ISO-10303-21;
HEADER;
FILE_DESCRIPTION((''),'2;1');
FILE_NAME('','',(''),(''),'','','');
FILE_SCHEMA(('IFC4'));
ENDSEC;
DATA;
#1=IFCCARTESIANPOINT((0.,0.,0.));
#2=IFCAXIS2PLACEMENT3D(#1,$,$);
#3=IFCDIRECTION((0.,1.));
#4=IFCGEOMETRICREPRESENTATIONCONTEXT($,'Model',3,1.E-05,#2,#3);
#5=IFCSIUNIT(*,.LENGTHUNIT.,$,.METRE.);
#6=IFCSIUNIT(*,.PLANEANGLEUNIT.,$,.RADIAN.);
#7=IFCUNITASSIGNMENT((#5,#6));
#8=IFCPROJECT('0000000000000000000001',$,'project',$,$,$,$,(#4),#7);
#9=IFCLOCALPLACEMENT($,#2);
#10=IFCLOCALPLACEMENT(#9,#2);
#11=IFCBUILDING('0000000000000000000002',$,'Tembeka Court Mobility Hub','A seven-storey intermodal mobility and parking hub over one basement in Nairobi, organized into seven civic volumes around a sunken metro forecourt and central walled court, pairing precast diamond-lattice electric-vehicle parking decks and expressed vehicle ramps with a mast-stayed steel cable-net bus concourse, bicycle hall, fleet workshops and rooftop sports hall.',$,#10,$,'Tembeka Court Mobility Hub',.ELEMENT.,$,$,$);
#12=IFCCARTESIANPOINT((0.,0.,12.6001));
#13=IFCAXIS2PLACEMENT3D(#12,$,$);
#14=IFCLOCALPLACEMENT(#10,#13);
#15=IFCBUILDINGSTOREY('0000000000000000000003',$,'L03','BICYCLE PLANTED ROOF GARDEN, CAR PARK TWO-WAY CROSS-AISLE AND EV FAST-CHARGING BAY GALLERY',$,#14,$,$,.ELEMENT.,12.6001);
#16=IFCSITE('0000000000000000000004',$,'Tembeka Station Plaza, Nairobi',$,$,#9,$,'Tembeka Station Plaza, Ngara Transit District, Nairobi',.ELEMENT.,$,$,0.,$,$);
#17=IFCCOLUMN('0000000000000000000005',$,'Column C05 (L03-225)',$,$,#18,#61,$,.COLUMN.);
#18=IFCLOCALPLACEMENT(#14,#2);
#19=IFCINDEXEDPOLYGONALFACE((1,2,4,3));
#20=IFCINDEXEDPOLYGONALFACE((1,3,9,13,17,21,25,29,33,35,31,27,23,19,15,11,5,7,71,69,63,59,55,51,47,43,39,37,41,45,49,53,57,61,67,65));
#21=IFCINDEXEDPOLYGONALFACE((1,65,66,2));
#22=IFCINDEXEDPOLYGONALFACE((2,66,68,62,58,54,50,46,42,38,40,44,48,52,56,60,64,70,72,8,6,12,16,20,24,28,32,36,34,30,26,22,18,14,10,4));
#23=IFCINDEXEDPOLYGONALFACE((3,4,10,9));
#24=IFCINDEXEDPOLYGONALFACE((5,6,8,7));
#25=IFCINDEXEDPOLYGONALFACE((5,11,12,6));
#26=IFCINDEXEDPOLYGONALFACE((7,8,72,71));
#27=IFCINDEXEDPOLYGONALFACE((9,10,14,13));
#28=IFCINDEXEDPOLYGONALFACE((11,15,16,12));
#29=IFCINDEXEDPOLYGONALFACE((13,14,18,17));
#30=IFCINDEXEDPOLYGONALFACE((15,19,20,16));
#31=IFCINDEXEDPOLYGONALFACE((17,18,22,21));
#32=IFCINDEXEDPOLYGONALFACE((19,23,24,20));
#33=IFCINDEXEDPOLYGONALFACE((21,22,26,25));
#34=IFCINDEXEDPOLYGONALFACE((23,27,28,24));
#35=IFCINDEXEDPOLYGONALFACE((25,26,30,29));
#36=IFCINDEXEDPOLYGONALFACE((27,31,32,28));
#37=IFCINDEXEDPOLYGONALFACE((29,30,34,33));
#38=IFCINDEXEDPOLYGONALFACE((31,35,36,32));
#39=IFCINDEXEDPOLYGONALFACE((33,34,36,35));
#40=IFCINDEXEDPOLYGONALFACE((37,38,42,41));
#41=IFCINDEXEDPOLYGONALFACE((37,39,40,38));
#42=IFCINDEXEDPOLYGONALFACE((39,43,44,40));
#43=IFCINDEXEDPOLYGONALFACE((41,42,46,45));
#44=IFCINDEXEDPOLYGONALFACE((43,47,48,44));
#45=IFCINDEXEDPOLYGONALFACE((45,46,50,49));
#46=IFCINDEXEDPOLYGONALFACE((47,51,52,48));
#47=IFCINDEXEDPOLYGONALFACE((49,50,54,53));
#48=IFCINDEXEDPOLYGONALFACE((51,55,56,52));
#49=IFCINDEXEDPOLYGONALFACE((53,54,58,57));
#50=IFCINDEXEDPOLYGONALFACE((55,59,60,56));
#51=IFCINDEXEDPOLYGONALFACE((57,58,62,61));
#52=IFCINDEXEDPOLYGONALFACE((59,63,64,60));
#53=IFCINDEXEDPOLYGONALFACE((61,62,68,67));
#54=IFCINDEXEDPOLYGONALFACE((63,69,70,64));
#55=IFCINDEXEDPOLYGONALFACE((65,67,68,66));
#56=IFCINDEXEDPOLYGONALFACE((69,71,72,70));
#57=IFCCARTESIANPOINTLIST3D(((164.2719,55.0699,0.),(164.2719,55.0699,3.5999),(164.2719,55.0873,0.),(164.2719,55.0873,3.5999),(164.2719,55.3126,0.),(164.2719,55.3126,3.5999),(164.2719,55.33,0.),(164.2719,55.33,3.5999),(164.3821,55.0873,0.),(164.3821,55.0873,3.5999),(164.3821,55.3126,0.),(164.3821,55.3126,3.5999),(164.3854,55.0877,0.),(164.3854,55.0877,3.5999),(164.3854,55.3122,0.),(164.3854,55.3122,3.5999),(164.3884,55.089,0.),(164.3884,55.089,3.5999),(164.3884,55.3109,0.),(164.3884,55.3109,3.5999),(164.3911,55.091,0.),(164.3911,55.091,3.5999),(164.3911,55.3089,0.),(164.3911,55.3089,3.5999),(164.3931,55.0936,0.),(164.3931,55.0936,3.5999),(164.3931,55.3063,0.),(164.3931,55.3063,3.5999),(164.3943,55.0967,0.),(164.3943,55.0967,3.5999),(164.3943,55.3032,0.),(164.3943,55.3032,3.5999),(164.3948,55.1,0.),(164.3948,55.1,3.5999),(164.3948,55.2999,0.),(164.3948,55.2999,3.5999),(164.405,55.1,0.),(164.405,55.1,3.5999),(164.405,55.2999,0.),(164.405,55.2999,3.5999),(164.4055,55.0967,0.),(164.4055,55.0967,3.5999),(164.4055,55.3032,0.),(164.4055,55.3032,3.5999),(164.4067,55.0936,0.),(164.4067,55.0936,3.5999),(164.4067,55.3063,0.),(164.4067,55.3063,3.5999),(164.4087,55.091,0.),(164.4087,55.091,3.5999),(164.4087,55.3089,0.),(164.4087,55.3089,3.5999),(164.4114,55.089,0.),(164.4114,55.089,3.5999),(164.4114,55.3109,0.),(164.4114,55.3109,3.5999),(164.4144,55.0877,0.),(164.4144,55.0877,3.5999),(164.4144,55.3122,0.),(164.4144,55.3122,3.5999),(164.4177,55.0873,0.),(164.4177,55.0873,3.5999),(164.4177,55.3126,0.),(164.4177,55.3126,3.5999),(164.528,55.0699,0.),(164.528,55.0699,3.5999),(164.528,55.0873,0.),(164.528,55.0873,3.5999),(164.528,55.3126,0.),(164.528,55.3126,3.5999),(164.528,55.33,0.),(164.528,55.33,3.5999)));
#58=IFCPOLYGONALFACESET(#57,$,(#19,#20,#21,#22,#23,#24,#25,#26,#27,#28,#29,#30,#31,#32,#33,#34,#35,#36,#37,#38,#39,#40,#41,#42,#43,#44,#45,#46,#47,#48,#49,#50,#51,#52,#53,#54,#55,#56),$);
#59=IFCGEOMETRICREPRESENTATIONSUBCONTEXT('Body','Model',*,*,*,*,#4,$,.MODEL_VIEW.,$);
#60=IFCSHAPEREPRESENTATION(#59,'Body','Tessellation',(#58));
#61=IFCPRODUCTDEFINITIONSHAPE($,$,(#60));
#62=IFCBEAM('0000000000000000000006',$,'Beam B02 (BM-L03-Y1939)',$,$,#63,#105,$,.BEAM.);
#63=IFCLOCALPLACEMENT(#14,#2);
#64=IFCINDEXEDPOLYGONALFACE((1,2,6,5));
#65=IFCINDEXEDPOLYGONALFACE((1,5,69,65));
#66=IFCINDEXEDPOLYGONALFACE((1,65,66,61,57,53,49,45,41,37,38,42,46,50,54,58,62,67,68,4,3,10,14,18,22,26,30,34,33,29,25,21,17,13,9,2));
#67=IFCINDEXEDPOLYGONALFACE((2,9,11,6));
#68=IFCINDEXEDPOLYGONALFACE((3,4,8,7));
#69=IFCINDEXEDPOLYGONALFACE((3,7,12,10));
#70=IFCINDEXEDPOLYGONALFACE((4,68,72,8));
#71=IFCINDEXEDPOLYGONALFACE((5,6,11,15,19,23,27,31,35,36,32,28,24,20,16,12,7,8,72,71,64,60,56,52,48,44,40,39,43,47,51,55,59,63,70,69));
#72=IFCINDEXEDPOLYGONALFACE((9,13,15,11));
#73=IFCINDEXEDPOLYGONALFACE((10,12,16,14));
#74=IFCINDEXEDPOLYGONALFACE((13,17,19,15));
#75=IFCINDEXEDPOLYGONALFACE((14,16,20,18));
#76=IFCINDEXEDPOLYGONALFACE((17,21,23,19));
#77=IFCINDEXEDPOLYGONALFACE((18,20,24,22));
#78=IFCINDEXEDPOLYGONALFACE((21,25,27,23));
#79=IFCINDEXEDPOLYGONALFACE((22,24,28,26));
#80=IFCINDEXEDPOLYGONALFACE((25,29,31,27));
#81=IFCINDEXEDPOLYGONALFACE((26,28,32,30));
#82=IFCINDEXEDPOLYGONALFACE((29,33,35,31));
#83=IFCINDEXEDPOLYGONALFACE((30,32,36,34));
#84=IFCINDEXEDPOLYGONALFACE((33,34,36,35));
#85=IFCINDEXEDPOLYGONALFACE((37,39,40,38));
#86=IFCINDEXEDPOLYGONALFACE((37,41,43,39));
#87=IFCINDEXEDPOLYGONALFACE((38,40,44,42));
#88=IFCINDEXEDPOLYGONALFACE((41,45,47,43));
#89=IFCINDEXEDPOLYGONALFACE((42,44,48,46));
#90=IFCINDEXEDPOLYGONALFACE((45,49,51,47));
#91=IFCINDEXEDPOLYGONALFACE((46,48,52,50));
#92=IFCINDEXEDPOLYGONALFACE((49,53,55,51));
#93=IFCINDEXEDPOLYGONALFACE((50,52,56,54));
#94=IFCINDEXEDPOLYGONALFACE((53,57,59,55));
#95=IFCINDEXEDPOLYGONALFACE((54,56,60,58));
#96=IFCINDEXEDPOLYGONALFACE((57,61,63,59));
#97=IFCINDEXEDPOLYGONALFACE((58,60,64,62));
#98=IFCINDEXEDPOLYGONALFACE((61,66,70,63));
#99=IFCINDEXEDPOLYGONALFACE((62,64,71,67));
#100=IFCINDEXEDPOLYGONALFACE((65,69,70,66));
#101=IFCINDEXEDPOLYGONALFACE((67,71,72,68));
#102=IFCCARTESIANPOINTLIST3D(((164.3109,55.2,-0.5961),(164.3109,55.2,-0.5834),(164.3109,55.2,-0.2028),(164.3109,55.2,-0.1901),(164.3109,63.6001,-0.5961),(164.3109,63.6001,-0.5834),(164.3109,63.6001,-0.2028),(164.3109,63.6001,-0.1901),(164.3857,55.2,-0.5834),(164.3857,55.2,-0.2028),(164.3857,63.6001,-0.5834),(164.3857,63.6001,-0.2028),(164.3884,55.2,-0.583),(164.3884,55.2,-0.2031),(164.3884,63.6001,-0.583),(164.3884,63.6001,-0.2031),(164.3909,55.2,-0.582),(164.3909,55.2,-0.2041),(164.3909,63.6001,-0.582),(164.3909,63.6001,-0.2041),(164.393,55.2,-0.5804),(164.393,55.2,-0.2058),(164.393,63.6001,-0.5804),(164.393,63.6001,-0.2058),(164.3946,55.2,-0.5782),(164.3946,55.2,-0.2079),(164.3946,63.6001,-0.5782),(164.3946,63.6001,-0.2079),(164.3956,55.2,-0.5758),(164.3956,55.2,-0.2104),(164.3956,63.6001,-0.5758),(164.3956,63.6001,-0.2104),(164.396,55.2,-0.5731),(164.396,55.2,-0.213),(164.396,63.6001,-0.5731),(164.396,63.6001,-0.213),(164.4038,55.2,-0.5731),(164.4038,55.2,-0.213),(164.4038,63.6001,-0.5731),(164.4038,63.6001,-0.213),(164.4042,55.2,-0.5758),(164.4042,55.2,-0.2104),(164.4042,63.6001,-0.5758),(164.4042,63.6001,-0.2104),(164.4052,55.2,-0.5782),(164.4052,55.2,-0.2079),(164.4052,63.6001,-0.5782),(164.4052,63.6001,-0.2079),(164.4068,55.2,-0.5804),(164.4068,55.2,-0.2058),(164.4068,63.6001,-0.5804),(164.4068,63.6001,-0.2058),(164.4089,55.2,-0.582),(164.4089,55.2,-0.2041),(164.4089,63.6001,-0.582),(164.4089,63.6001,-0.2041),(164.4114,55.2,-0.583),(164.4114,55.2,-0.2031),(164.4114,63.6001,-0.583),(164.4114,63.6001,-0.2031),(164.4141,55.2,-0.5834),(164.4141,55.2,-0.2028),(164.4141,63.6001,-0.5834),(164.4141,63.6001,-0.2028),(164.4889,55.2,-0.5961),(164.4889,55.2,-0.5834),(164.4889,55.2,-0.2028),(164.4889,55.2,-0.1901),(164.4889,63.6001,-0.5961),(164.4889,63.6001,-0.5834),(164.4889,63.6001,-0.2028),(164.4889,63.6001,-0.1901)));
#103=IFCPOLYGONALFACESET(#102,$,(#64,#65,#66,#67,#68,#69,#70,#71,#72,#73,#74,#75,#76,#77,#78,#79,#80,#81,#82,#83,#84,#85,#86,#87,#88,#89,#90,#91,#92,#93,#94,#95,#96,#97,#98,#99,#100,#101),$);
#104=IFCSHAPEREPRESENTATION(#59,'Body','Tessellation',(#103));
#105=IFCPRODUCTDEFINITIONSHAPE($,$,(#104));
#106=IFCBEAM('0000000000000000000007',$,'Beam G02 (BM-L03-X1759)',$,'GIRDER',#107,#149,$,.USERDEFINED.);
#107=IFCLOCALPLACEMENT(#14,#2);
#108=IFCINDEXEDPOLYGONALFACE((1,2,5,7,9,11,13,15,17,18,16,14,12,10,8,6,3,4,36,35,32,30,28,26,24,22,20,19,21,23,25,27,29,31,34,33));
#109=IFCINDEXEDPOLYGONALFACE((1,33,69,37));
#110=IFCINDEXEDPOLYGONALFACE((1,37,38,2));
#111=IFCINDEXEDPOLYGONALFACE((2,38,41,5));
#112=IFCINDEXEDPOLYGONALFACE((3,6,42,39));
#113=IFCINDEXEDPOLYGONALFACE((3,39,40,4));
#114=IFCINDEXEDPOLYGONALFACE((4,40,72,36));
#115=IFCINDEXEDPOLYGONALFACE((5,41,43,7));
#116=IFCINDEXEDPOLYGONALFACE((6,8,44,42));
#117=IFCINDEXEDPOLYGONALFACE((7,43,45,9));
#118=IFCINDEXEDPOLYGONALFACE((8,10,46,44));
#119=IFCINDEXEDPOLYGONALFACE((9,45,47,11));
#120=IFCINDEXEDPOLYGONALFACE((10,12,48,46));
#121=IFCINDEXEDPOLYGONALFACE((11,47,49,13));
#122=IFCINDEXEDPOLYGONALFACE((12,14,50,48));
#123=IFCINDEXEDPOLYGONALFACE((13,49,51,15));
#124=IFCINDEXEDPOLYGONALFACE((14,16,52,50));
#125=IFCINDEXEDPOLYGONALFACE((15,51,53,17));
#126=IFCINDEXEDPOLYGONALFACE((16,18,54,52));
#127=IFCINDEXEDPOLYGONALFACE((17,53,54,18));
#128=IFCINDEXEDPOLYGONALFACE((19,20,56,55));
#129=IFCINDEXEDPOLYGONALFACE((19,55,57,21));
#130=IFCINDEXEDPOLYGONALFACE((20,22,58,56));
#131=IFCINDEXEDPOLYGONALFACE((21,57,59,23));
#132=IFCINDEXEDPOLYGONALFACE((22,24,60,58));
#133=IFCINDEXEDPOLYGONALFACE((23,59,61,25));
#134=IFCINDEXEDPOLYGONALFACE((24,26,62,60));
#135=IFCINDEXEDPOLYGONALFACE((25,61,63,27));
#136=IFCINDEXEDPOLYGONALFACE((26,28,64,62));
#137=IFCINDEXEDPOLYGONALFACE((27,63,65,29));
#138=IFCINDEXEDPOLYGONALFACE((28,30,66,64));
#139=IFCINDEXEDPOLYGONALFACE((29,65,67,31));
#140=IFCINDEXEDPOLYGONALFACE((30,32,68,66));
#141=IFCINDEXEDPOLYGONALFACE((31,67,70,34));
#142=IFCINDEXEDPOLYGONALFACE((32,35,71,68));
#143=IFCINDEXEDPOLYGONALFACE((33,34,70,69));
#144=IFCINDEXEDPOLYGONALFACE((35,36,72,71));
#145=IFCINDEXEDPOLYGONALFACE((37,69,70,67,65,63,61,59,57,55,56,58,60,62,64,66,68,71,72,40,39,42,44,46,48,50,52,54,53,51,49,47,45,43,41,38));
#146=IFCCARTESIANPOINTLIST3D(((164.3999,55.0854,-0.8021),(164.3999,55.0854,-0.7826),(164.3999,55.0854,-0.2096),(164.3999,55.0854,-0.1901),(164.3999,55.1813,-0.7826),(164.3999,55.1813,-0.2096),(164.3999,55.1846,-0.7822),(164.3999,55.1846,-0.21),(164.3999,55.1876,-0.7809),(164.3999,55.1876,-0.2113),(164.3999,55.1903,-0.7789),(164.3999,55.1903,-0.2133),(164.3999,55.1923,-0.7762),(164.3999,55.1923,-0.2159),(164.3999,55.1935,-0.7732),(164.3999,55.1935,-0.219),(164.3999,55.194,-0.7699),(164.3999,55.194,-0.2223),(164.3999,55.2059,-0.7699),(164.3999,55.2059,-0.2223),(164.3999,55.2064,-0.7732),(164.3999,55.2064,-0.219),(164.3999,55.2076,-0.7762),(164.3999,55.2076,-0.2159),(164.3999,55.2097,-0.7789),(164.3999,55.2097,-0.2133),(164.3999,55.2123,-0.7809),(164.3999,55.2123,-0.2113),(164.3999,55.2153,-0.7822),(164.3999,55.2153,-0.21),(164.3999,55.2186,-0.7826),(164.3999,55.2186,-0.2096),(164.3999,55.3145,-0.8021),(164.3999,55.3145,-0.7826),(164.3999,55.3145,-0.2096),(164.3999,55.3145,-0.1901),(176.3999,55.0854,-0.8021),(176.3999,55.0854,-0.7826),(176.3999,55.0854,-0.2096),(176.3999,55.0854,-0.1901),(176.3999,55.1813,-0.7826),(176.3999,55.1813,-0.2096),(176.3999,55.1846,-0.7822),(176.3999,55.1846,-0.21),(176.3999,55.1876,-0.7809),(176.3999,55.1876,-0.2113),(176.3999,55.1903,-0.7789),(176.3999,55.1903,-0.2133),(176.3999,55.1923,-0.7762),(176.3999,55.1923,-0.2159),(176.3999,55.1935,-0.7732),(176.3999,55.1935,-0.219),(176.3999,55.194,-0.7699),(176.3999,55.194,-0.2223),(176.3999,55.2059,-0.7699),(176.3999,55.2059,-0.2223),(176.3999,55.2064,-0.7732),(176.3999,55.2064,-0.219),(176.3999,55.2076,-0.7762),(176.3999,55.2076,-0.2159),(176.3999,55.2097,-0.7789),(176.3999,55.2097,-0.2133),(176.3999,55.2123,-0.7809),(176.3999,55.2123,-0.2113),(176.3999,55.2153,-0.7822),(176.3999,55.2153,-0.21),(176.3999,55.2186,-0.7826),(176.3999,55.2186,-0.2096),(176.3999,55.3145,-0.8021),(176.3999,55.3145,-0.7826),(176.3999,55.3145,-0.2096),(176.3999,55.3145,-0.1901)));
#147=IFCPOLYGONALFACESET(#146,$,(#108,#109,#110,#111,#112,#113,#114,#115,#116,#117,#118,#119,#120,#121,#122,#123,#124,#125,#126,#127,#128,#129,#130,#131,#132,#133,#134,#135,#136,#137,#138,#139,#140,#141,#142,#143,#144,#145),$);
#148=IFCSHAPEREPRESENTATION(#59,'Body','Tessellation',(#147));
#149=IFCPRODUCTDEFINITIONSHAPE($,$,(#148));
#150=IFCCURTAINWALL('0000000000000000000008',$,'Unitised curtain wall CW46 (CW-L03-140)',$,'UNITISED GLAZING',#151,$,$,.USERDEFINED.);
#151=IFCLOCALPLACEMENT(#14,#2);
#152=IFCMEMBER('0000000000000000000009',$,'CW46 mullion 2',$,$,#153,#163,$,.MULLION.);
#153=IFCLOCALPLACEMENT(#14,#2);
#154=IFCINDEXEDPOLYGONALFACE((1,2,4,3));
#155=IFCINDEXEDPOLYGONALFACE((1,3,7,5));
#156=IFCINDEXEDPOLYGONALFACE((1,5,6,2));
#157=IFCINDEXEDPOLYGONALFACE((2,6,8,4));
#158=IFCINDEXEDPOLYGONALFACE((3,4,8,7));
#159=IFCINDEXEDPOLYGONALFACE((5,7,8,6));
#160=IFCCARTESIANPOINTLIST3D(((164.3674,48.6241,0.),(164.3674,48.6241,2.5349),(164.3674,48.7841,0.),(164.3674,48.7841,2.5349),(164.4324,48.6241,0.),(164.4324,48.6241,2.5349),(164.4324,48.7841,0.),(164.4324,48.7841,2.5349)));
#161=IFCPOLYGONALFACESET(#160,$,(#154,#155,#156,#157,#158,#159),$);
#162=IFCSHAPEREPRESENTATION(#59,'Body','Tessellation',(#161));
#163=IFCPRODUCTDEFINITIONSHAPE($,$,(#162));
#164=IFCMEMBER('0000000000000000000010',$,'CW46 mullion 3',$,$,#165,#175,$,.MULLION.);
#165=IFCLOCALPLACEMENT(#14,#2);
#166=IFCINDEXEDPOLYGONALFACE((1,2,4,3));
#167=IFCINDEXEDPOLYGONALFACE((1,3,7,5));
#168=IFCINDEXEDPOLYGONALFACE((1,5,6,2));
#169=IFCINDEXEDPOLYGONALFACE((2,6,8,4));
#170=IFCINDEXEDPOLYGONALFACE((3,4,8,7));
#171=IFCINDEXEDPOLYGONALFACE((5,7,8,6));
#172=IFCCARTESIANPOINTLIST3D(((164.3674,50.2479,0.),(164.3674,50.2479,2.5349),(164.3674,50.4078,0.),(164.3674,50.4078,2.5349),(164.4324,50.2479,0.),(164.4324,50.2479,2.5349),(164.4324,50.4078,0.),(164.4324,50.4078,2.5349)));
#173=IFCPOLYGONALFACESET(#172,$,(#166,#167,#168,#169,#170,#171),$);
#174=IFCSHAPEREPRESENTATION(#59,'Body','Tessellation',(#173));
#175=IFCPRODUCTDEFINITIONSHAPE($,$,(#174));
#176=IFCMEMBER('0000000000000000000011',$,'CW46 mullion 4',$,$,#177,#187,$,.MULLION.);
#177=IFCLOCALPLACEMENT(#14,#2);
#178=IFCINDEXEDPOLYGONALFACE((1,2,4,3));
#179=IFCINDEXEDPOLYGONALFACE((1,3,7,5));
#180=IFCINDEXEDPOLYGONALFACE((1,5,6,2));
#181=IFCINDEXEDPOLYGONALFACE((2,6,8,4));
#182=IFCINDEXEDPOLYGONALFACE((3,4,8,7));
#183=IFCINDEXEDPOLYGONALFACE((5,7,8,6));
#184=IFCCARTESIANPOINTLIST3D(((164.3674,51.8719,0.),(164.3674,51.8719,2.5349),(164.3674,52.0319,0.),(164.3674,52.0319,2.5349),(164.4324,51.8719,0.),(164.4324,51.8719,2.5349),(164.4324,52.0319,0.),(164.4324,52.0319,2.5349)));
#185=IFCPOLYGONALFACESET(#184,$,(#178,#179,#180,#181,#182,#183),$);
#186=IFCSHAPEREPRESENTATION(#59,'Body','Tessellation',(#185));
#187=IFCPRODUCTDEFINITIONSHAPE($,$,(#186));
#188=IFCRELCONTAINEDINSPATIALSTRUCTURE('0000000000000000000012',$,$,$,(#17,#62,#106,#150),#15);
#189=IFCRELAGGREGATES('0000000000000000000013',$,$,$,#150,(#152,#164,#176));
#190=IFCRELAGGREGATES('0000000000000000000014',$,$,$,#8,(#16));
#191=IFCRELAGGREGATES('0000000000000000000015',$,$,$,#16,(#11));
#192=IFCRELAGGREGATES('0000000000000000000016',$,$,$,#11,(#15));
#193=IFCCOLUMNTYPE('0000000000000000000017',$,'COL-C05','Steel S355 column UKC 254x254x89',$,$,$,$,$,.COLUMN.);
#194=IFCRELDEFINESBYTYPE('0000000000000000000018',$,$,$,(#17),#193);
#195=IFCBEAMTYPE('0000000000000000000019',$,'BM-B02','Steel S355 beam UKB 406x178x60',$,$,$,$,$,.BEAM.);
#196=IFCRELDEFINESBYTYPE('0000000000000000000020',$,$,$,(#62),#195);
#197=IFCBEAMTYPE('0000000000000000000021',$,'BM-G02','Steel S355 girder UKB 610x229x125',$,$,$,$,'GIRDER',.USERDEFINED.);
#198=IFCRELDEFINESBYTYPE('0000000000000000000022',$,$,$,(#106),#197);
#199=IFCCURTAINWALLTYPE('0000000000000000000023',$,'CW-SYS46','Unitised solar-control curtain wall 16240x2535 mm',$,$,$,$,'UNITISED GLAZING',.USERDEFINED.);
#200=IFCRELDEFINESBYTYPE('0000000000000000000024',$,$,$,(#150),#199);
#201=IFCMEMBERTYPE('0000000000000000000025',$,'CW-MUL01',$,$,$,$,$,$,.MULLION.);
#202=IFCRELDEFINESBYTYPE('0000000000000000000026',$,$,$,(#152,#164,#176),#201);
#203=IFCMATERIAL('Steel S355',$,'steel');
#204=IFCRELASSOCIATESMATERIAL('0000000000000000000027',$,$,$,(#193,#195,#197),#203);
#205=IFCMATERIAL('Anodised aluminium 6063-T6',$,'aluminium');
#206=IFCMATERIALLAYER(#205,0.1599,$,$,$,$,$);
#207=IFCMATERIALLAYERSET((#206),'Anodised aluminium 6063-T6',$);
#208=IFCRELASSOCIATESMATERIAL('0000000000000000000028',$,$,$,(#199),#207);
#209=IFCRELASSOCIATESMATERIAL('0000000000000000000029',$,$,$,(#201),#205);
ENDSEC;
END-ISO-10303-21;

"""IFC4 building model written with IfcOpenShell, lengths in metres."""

from ifc_helpers import new_model, si_unit, direction, frame, origin, origin_2d, place, context, subcontext, project, spatial, rectangle, i_section, extrude, material, layer, layer_set, material_profile, profile_set, type_object, element, aggregate, save


model = new_model("IFC4")

# Units and contexts
model_context = context("Model", 3, precision=1e-05, world=origin(), true_north=direction((0.0, 1.0)))
body_context = subcontext(model_context, "Body", "Model", "MODEL_VIEW")
ifc_project = project(units=[si_unit("LENGTHUNIT", "METRE"), si_unit("PLANEANGLEUNIT", "RADIAN")], contexts=[model_context])

# Site, building, storey
site_placement = place(None, origin())
site = spatial("IfcSite", under=ifc_project, at=site_placement, Name="Tembeka Station Plaza, Nairobi", LongName="Tembeka Station Plaza, Ngara Transit District, Nairobi", CompositionType="ELEMENT", RefElevation=0.0)
building_placement = place(site_placement, origin())
building = spatial("IfcBuilding", under=site, at=building_placement, Name="Tembeka Court Mobility Hub", Description="A seven-storey intermodal mobility and parking hub over one basement in Nairobi, organized into seven civic volumes around a sunken metro forecourt and central walled court, pairing precast diamond-lattice electric-vehicle parking decks and expressed vehicle ramps with a mast-stayed steel cable-net bus concourse, bicycle hall, fleet workshops and rooftop sports hall.", LongName="Tembeka Court Mobility Hub", CompositionType="ELEMENT")
storey_placement = place(building_placement, frame((0.0, 0.0, 12.6001)))
storey = spatial("IfcBuildingStorey", under=building, at=storey_placement, Name="L03", Description="BICYCLE PLANTED ROOF GARDEN, CAR PARK TWO-WAY CROSS-AISLE AND EV FAST-CHARGING BAY GALLERY", CompositionType="ELEMENT", Elevation=12.6001)

# Column
ifc_material_1 = material(Name="Steel S355", Category="steel")
ifc_material_profile_1 = material_profile(ifc_material_1, i_section(OverallWidth=0.2561, OverallDepth=0.26, WebThickness=0.0103, FlangeThickness=0.0173, FilletRadius=0.0127, at=origin_2d()), Name="UKC 254x254x89")
ifc_profile_set_1 = profile_set([ifc_material_profile_1], Name="Steel S355")
column_type = type_object("IfcColumnType", Name="COL-C05", Description="Steel S355 column UKC 254x254x89", PredefinedType="COLUMN", material=ifc_profile_set_1)
column_placement = place(storey_placement, frame((164.3999, 55.2, 0.0), z_axis=(0.0, 0.0, 1.0), x_axis=(1.0, 0.0, 0.0)))
element("IfcColumn", 1, at=column_placement, inside=storey, type_object=column_type, Name="Column C05 (L03-225)", PredefinedType="COLUMN", context=body_context, shape_type="SweptSolid", body=[
    extrude(i_section(OverallWidth=0.2561, OverallDepth=0.26, WebThickness=0.0103, FlangeThickness=0.0173, FilletRadius=0.0127, at=origin_2d()), origin(), (0.0, 0.0, 1.0), 3.5999),
])

# Beams
ifc_material_profile_2 = material_profile(ifc_material_1, i_section(OverallWidth=0.178, OverallDepth=0.406, WebThickness=0.0078, FlangeThickness=0.0127, FilletRadius=0.0103, at=origin_2d()), Name="UKB 406x178x60")
ifc_profile_set_2 = profile_set([ifc_material_profile_2], Name="Steel S355")
beam_type_1 = type_object("IfcBeamType", Name="BM-B02", Description="Steel S355 beam UKB 406x178x60", PredefinedType="BEAM", material=ifc_profile_set_2)
beam_1_placement = place(storey_placement, frame((164.3999, 55.2, -0.3931), z_axis=(0.0, 1.0, 0.0), x_axis=(-1.0, 0.0, 0.0)))
element("IfcBeam", 2, at=beam_1_placement, inside=storey, type_object=beam_type_1, Name="Beam B02 (BM-L03-Y1939)", PredefinedType="BEAM", context=body_context, shape_type="SweptSolid", body=[
    extrude(i_section(OverallWidth=0.178, OverallDepth=0.406, WebThickness=0.0078, FlangeThickness=0.0127, FilletRadius=0.0103, at=origin_2d()), origin(), (0.0, 0.0, 1.0), 8.4001),
])
ifc_material_profile_3 = material_profile(ifc_material_1, i_section(OverallWidth=0.229, OverallDepth=0.6121, WebThickness=0.012, FlangeThickness=0.0195, FilletRadius=0.0127, at=origin_2d()), Name="UKB 610x229x125")
ifc_profile_set_3 = profile_set([ifc_material_profile_3], Name="Steel S355")
beam_type_2 = type_object("IfcBeamType", Name="BM-G02", Description="Steel S355 girder UKB 610x229x125", ElementType="GIRDER", PredefinedType="USERDEFINED", material=ifc_profile_set_3)
beam_2_placement = place(storey_placement, frame((164.3999, 55.2, -0.4961), z_axis=(1.0, 0.0, 0.0), x_axis=(0.0, 1.0, 0.0)))
element("IfcBeam", 3, at=beam_2_placement, inside=storey, type_object=beam_type_2, Name="Beam G02 (BM-L03-X1759)", ObjectType="GIRDER", PredefinedType="USERDEFINED", context=body_context, shape_type="SweptSolid", body=[
    extrude(i_section(OverallWidth=0.229, OverallDepth=0.6121, WebThickness=0.012, FlangeThickness=0.0195, FilletRadius=0.0127, at=origin_2d()), origin(), (0.0, 0.0, 1.0), 12.0),
])

# Curtain wall, members
ifc_material_2 = material(Name="Anodised aluminium 6063-T6", Category="aluminium")
ifc_layer_1 = layer(ifc_material_2, 0.1599)
ifc_layer_set_1 = layer_set([ifc_layer_1], Name="Anodised aluminium 6063-T6")
curtain_wall_type = type_object("IfcCurtainWallType", Name="CW-SYS46", Description="Unitised solar-control curtain wall 16240x2535 mm", ElementType="UNITISED GLAZING", PredefinedType="USERDEFINED", material=ifc_layer_set_1)
curtain_wall_placement = place(storey_placement, origin())
curtain_wall = element("IfcCurtainWall", 4, at=curtain_wall_placement, inside=storey, type_object=curtain_wall_type, Name="Unitised curtain wall CW46 (CW-L03-140)", ObjectType="UNITISED GLAZING", PredefinedType="USERDEFINED")
ifc_material_profile_4 = material_profile(ifc_material_2, rectangle(XDim=0.0649, YDim=0.1599, at=origin_2d()), Name="ALU-MUL 65x160")
ifc_profile_set_4 = profile_set([ifc_material_profile_4], Name="Anodised aluminium 6063-T6")
member_type_1 = type_object("IfcMemberType", Name="CW-MUL01", PredefinedType="MULLION", material=ifc_profile_set_4)
member_1_placement = place(storey_placement, frame((164.3999, 48.7041, 0.0), z_axis=(0.0, 0.0, 1.0), x_axis=(-1.0, 0.0, 0.0)))
member_1 = element("IfcMember", 5, at=member_1_placement, type_object=member_type_1, Name="CW46 mullion 2", PredefinedType="MULLION", context=body_context, shape_type="SweptSolid", body=[
    extrude(rectangle(XDim=0.0649, YDim=0.1599, at=origin_2d()), origin(), (0.0, 0.0, 1.0), 2.5349),
])
member_2_placement = place(storey_placement, frame((164.3999, 50.3279, 0.0), z_axis=(0.0, 0.0, 1.0), x_axis=(-1.0, 0.0, 0.0)))
member_2 = element("IfcMember", 6, at=member_2_placement, type_object=member_type_1, Name="CW46 mullion 3", PredefinedType="MULLION", context=body_context, shape_type="SweptSolid", body=[
    extrude(rectangle(XDim=0.0649, YDim=0.1599, at=origin_2d()), origin(), (0.0, 0.0, 1.0), 2.5349),
])
member_3_placement = place(storey_placement, frame((164.3999, 51.9519, 0.0), z_axis=(0.0, 0.0, 1.0), x_axis=(-1.0, 0.0, 0.0)))
member_3 = element("IfcMember", 7, at=member_3_placement, type_object=member_type_1, Name="CW46 mullion 4", PredefinedType="MULLION", context=body_context, shape_type="SweptSolid", body=[
    extrude(rectangle(XDim=0.0649, YDim=0.1599, at=origin_2d()), origin(), (0.0, 0.0, 1.0), 2.5349),
])

aggregate(curtain_wall, [member_1, member_2, member_3])

save(model, "model.ifc")
